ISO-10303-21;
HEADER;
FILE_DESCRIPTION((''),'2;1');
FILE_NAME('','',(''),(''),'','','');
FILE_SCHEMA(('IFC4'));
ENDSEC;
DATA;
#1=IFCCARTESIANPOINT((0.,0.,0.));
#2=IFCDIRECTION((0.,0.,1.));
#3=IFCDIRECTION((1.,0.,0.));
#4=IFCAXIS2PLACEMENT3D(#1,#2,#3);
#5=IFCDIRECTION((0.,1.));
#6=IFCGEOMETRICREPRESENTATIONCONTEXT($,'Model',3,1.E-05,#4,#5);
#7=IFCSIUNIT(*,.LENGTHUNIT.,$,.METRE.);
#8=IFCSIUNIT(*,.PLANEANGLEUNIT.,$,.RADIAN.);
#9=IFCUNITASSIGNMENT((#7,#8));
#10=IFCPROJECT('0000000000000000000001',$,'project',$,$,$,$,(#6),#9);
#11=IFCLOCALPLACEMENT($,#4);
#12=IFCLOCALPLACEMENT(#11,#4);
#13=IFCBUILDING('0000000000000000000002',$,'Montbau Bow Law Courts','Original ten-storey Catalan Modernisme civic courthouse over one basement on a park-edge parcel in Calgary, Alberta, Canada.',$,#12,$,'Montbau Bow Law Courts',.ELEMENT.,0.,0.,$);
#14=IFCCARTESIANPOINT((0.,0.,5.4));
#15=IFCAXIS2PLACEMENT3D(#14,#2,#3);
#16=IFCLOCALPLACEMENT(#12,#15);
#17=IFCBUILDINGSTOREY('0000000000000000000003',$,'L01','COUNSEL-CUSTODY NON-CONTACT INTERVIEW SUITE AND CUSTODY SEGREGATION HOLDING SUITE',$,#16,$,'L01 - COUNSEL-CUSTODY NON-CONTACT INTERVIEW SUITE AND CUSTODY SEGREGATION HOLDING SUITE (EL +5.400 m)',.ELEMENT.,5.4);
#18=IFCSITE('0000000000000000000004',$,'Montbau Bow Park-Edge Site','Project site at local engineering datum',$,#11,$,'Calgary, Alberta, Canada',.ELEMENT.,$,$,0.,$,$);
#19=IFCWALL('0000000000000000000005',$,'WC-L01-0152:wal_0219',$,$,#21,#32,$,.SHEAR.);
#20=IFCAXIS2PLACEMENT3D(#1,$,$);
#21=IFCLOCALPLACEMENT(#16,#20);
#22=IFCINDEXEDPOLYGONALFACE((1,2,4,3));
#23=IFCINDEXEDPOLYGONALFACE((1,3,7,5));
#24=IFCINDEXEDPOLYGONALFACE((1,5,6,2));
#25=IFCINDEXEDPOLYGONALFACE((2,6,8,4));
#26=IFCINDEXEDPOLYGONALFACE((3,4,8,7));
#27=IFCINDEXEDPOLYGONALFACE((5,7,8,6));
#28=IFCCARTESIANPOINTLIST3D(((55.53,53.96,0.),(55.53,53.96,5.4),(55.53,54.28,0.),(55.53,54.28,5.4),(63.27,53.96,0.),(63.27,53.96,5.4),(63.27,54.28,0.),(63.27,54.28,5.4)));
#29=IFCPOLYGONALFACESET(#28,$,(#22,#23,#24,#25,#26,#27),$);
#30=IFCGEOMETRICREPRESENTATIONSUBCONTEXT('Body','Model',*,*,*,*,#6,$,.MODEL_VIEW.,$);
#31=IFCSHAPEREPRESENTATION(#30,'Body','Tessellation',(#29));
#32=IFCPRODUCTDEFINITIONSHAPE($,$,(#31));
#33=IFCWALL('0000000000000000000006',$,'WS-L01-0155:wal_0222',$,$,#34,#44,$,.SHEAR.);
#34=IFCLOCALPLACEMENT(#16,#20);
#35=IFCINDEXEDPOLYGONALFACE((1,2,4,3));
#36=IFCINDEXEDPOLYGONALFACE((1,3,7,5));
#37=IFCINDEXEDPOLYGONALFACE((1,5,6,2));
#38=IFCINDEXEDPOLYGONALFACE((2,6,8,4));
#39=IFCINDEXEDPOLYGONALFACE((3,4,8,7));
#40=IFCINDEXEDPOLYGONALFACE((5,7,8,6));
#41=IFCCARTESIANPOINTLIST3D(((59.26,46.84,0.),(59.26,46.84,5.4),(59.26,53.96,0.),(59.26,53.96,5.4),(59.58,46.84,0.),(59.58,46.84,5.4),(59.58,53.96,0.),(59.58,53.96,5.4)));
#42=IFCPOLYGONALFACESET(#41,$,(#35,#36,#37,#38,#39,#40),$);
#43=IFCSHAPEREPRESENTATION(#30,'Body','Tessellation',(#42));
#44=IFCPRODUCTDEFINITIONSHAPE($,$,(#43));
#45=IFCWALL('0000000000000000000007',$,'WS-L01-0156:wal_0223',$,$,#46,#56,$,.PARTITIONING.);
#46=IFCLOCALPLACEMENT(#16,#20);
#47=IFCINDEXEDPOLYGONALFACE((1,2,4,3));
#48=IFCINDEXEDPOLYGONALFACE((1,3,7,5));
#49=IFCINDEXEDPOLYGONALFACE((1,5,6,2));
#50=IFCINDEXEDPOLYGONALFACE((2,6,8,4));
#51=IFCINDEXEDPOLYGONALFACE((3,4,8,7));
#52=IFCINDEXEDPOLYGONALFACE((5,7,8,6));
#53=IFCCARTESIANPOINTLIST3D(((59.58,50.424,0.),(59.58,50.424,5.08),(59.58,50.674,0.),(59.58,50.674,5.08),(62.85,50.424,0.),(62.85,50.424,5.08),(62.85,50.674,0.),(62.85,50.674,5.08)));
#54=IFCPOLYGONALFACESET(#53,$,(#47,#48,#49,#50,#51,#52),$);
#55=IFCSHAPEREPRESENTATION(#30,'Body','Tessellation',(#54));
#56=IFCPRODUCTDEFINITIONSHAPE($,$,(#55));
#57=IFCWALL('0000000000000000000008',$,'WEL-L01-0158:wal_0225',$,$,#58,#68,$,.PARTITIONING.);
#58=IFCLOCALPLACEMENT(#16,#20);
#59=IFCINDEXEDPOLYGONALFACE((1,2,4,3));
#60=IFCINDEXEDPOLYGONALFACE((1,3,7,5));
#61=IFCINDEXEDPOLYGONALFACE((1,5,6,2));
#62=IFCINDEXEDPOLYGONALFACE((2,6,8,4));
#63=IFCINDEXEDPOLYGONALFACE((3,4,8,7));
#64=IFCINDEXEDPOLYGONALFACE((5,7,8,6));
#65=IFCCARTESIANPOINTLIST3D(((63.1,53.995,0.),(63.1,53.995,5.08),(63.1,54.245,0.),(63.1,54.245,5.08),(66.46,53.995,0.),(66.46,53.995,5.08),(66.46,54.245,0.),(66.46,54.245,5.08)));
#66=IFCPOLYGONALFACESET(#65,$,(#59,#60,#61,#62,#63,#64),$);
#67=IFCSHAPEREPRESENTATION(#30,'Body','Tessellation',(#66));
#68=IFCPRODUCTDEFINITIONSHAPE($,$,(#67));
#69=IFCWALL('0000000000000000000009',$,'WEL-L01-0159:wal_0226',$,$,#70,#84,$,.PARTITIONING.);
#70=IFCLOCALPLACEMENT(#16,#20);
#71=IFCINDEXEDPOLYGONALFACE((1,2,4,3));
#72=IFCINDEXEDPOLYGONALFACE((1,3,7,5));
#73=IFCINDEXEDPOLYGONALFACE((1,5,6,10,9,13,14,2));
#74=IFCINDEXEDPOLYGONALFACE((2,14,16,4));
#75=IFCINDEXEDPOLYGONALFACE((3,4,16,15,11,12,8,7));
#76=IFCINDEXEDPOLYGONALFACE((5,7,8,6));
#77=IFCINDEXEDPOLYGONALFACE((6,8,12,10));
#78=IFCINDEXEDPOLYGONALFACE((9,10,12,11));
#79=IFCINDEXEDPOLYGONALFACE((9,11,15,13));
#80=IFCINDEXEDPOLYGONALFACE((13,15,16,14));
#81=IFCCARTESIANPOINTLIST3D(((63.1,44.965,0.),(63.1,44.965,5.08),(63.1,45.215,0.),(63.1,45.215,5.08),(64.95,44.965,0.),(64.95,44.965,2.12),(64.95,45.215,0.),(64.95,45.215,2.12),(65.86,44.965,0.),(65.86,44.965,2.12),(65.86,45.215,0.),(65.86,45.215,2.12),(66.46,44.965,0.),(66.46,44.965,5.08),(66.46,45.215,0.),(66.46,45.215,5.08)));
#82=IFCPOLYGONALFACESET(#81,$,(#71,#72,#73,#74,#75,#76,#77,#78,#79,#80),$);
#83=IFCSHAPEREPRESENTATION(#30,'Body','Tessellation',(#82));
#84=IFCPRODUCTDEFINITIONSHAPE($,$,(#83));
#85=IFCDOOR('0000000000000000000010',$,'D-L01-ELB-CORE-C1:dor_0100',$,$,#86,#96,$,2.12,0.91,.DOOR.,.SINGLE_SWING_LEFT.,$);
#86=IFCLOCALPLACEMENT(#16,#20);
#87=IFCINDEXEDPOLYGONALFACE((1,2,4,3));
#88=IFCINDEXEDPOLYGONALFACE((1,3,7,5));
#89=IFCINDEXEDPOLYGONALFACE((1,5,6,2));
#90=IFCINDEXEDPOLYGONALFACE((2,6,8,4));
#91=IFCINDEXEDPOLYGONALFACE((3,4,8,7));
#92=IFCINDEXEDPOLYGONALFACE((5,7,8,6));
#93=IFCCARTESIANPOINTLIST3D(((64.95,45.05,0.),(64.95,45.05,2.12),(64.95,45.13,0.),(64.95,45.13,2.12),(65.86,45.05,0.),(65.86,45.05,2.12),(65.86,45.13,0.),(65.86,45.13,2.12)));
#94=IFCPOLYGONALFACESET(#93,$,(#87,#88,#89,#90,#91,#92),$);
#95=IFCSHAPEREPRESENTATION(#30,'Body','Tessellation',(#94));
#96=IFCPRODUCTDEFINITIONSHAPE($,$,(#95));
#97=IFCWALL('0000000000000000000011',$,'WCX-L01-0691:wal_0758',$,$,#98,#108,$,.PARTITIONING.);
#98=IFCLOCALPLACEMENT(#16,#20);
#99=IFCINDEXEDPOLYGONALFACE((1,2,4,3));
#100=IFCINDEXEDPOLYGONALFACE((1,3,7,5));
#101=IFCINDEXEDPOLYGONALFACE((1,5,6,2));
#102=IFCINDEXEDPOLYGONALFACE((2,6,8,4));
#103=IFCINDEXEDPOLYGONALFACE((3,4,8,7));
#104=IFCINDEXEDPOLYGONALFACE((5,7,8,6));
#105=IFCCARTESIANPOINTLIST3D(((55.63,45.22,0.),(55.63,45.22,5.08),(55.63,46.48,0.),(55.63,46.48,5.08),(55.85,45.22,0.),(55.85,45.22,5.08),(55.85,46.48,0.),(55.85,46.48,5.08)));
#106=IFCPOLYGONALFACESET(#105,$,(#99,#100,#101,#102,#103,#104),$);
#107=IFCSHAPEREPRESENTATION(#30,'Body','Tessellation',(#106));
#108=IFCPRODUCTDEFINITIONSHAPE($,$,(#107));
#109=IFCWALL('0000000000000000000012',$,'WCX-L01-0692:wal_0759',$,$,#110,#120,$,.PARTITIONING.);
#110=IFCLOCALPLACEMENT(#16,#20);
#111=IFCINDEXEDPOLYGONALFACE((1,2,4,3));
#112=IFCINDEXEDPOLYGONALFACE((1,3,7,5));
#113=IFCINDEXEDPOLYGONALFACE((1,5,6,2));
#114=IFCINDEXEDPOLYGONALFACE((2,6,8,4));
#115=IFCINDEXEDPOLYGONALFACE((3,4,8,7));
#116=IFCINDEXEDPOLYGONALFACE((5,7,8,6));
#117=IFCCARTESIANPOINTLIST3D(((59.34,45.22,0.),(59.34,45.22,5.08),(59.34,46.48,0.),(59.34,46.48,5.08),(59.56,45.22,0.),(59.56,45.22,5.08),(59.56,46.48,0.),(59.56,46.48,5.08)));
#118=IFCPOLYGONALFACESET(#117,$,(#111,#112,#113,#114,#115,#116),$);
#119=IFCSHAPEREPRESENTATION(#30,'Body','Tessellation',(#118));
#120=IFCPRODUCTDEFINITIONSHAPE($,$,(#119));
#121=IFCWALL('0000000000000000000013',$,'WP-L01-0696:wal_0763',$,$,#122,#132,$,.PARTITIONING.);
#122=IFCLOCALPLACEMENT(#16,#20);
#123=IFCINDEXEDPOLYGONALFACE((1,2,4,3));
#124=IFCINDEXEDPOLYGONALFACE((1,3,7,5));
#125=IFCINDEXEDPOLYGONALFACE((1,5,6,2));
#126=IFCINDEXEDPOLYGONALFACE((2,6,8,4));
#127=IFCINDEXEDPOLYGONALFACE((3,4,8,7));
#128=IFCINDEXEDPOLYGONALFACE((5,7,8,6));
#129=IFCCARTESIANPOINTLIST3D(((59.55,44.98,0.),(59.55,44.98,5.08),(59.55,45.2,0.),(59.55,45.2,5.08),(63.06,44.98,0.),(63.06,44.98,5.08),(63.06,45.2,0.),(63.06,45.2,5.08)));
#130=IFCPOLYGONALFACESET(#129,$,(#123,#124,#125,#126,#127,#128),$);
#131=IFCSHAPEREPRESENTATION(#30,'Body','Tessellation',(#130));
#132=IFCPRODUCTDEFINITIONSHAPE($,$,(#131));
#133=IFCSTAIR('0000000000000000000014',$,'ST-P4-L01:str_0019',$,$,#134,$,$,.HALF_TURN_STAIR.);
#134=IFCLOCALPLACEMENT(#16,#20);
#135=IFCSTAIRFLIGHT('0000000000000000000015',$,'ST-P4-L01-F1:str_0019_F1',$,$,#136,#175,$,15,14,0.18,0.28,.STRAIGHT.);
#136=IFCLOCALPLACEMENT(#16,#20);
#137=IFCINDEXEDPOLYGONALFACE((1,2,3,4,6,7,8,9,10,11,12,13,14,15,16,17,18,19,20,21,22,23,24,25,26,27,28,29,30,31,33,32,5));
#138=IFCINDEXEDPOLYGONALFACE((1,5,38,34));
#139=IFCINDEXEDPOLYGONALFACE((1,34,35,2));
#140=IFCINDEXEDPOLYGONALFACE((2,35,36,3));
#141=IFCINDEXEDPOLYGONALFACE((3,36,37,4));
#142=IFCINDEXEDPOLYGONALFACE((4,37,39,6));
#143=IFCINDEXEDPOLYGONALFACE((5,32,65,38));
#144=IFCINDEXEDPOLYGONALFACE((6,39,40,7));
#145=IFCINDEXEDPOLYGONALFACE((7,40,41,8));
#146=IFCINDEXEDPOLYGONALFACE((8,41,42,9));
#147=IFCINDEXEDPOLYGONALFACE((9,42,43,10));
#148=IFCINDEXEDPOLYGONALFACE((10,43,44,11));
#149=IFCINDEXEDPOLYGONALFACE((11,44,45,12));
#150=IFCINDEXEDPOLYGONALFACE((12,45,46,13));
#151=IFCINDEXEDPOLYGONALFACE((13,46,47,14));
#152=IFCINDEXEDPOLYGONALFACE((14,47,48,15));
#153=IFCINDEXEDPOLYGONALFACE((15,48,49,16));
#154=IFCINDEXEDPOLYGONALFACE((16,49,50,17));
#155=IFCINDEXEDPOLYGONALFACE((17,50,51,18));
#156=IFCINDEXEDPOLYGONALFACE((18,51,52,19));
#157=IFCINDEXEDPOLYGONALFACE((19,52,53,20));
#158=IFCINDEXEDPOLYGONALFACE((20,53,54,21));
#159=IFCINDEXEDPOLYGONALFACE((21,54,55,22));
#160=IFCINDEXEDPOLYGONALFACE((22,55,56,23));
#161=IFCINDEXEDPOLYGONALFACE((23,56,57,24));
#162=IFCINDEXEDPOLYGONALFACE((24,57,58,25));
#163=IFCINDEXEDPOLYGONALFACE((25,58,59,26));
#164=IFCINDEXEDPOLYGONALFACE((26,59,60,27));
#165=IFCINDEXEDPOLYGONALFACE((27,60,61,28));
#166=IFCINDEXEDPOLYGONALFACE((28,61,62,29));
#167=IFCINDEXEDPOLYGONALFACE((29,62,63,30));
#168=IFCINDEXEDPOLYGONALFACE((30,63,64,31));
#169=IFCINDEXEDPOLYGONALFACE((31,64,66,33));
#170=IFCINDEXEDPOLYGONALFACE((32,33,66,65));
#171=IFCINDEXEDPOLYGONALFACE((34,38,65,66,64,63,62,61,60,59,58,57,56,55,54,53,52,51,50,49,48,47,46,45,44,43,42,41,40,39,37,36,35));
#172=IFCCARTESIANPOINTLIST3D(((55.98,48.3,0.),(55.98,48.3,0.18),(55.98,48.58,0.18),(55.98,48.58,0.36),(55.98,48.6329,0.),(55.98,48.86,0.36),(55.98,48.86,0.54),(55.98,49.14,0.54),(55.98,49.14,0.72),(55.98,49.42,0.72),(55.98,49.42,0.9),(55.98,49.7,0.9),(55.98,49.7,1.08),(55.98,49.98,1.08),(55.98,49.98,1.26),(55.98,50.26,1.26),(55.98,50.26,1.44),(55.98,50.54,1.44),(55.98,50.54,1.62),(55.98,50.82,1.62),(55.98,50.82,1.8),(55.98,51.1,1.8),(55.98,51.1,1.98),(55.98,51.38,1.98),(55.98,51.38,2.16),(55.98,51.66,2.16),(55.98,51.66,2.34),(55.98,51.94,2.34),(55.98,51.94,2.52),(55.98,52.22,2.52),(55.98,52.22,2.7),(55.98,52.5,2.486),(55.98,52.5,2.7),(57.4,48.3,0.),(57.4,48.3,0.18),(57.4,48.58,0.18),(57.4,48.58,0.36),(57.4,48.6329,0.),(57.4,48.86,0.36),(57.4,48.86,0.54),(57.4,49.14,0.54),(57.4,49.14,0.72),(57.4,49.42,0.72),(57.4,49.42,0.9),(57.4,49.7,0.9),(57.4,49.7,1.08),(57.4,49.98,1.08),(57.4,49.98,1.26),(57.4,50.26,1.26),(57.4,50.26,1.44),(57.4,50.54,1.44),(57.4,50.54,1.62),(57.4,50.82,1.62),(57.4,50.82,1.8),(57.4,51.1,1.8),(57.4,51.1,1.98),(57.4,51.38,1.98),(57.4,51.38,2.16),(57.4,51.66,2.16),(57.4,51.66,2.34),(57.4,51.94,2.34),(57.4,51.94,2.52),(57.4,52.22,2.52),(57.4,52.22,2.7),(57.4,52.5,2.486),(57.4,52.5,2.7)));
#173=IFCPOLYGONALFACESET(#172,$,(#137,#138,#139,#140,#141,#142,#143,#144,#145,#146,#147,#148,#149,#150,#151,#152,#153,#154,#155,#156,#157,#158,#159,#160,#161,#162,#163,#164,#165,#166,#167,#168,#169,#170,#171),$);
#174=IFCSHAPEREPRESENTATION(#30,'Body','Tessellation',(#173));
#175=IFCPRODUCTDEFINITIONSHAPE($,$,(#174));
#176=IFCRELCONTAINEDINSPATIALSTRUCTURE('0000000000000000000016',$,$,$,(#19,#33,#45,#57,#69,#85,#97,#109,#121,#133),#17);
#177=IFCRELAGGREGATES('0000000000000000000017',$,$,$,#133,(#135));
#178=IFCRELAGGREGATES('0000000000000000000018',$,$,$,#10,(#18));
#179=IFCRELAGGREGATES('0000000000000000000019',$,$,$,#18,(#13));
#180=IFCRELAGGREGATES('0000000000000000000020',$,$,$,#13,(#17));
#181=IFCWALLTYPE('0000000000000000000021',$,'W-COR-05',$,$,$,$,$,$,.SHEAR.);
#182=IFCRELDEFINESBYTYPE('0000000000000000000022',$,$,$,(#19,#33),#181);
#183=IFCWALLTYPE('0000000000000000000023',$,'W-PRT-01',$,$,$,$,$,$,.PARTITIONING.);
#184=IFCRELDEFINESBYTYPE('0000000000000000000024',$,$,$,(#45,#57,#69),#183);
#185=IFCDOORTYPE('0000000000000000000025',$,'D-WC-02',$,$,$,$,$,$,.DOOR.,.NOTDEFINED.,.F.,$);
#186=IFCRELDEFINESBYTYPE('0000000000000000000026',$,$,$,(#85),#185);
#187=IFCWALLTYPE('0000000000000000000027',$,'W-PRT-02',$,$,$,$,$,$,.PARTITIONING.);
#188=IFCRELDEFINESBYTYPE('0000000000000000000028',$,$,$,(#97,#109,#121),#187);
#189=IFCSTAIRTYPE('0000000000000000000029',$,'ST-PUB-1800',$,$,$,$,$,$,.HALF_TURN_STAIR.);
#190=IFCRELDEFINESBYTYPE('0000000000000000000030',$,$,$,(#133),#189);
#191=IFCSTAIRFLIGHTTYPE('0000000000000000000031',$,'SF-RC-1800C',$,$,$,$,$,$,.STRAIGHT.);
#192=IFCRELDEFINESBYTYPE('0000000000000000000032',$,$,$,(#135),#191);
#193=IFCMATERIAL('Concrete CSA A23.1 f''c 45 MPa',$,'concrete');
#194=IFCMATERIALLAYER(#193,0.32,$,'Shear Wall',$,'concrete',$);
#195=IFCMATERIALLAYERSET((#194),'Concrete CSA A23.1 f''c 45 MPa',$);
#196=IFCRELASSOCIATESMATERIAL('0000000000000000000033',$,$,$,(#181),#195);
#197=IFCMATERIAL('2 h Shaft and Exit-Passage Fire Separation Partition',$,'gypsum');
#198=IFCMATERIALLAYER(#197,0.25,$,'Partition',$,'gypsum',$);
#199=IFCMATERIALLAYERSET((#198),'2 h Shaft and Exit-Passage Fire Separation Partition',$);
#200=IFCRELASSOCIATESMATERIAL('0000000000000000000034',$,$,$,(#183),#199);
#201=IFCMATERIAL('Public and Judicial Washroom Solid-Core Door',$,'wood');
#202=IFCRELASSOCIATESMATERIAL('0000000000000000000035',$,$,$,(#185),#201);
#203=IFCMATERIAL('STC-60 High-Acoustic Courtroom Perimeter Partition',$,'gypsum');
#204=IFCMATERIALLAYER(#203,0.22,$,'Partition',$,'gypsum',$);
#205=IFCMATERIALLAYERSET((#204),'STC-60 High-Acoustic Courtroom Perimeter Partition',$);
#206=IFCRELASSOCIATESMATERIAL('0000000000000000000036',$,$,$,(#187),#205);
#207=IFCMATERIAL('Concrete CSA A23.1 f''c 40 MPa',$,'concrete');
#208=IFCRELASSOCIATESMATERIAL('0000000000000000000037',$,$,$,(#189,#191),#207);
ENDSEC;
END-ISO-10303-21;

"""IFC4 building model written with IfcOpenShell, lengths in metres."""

from ifc_helpers import new_model, si_unit, direction, frame, frame_2d, origin_with_axes, place, context, subcontext, project, spatial, polyline, rectangle, outline, extrude, material, layer, layer_set, type_object, element, fill, aggregate, save


model = new_model("IFC4")

# Units and contexts
model_context = context("Model", 3, precision=1e-05, world=origin_with_axes(), true_north=direction((0.0, 1.0)))
body_context = subcontext(model_context, "Body", "Model", "MODEL_VIEW")
ifc_project = project(units=[si_unit("LENGTHUNIT", "METRE"), si_unit("PLANEANGLEUNIT", "RADIAN")], contexts=[model_context])

# Site, building, storey
site_placement = place(None, origin_with_axes())
site = spatial("IfcSite", under=ifc_project, at=site_placement, Name="Montbau Bow Park-Edge Site", Description="Project site at local engineering datum", LongName="Calgary, Alberta, Canada", CompositionType="ELEMENT", RefElevation=0.0)
building_placement = place(site_placement, origin_with_axes())
building = spatial("IfcBuilding", under=site, at=building_placement, Name="Montbau Bow Law Courts", Description="Original ten-storey Catalan Modernisme civic courthouse over one basement on a park-edge parcel in Calgary, Alberta, Canada.", LongName="Montbau Bow Law Courts", CompositionType="ELEMENT", ElevationOfRefHeight=0.0, ElevationOfTerrain=0.0)
storey_placement = place(building_placement, frame((0.0, 0.0, 5.4), z_axis=(0.0, 0.0, 1.0), x_axis=(1.0, 0.0, 0.0)))
storey = spatial("IfcBuildingStorey", under=building, at=storey_placement, Name="L01", Description="COUNSEL-CUSTODY NON-CONTACT INTERVIEW SUITE AND CUSTODY SEGREGATION HOLDING SUITE", LongName="L01 - COUNSEL-CUSTODY NON-CONTACT INTERVIEW SUITE AND CUSTODY SEGREGATION HOLDING SUITE (EL +5.400 m)", CompositionType="ELEMENT", Elevation=5.4)

# Shared definitions
ifc_material_1 = material(Name="Concrete CSA A23.1 f'c 45 MPa", Category="concrete")

# Shared definitions
ifc_layer_1 = layer(ifc_material_1, 0.32, Name="Shear Wall", Category="concrete")
ifc_layer_set_1 = layer_set([ifc_layer_1], Name="Concrete CSA A23.1 f'c 45 MPa")
wall_type_1 = type_object("IfcWallType", Name="W-COR-05", PredefinedType="SHEAR", material=ifc_layer_set_1)

# Walls
wall_1_placement = place(None, frame((63.27, 54.12, 5.4), z_axis=(0.0, 0.0, 1.0), x_axis=(-1.0, 0.0, 0.0)))
element("IfcWall", 1, at=wall_1_placement, inside=storey, type_object=wall_type_1, Name="WC-L01-0152:wal_0219", PredefinedType="SHEAR", context=body_context, shape_type="SweptSolid", body=[
    extrude(rectangle(XDim=7.74, YDim=0.32, at=frame_2d((3.87, 0.0), x_axis=(1.0, 0.0))), origin_with_axes(), (0.0, 0.0, 1.0), 5.4),
])
wall_2_placement = place(None, frame((59.42, 46.84, 5.4), z_axis=(0.0, 0.0, 1.0), x_axis=(0.0, 1.0, 0.0)))
element("IfcWall", 2, at=wall_2_placement, inside=storey, type_object=wall_type_1, Name="WS-L01-0155:wal_0222", PredefinedType="SHEAR", context=body_context, shape_type="SweptSolid", body=[
    extrude(rectangle(XDim=7.12, YDim=0.32, at=frame_2d((3.56, 0.0), x_axis=(1.0, 0.0))), origin_with_axes(), (0.0, 0.0, 1.0), 5.4),
])
ifc_material_2 = material(Name="2 h Shaft and Exit-Passage Fire Separation Partition", Category="gypsum")
ifc_layer_2 = layer(ifc_material_2, 0.25, Name="Partition", Category="gypsum")
ifc_layer_set_2 = layer_set([ifc_layer_2], Name="2 h Shaft and Exit-Passage Fire Separation Partition")
wall_type_2 = type_object("IfcWallType", Name="W-PRT-01", PredefinedType="PARTITIONING", material=ifc_layer_set_2)
wall_3_placement = place(None, frame((59.58, 50.549, 5.4), z_axis=(0.0, 0.0, 1.0), x_axis=(1.0, 0.0, 0.0)))
element("IfcWall", 3, at=wall_3_placement, inside=storey, type_object=wall_type_2, Name="WS-L01-0156:wal_0223", PredefinedType="PARTITIONING", context=body_context, shape_type="SweptSolid", body=[
    extrude(rectangle(XDim=3.27, YDim=0.25, at=frame_2d((1.635, 0.0), x_axis=(1.0, 0.0))), origin_with_axes(), (0.0, 0.0, 1.0), 5.08),
])
wall_4_placement = place(None, frame((63.1, 54.12, 5.4), z_axis=(0.0, 0.0, 1.0), x_axis=(1.0, 0.0, 0.0)))
element("IfcWall", 4, at=wall_4_placement, inside=storey, type_object=wall_type_2, Name="WEL-L01-0158:wal_0225", PredefinedType="PARTITIONING", context=body_context, shape_type="SweptSolid", body=[
    extrude(rectangle(XDim=3.36, YDim=0.25, at=frame_2d((1.68, 0.0), x_axis=(1.0, 0.0))), origin_with_axes(), (0.0, 0.0, 1.0), 5.08),
])

# Wall, opening, door
wall_5_placement = place(None, frame((63.1, 45.09, 5.4), z_axis=(0.0, 0.0, 1.0), x_axis=(1.0, 0.0, 0.0)))
wall_5 = element("IfcWall", 5, at=wall_5_placement, inside=storey, type_object=wall_type_2, Name="WEL-L01-0159:wal_0226", PredefinedType="PARTITIONING", context=body_context, shape_type="SweptSolid", body=[
    extrude(rectangle(XDim=3.36, YDim=0.25, at=frame_2d((1.68, 0.0), x_axis=(1.0, 0.0))), origin_with_axes(), (0.0, 0.0, 1.0), 5.08),
])
opening_1_placement = place(None, frame((65.405, 45.09, 5.4), z_axis=(0.0, 0.0, 1.0), x_axis=(1.0, 0.0, 0.0)))
opening_1 = element("IfcOpeningElement", 6, at=opening_1_placement, cuts=wall_5, PredefinedType="OPENING", context=body_context, shape_type="SweptSolid", body=[
    extrude(rectangle(XDim=0.91, YDim=2.12, at=frame_2d((0.0, 1.06), x_axis=(1.0, 0.0))), frame((0.0, 0.135, 0.0), z_axis=(0.0, -1.0, 0.0), x_axis=(1.0, 0.0, 0.0)), (0.0, 0.0, 1.0), 0.27),
])
ifc_material_3 = material(Name="Public and Judicial Washroom Solid-Core Door", Category="wood")
door_type_1 = type_object("IfcDoorType", Name="D-WC-02", OperationType="NOTDEFINED", ParameterTakesPrecedence=False, PredefinedType="DOOR", material=ifc_material_3)
door_1_placement = place(None, frame((65.405, 45.09, 5.4), z_axis=(0.0, 0.0, 1.0), x_axis=(1.0, 0.0, 0.0)))
door_1 = element("IfcDoor", 7, at=door_1_placement, inside=storey, type_object=door_type_1, Name="D-L01-ELB-CORE-C1:dor_0100", OperationType="SINGLE_SWING_LEFT", OverallHeight=2.12, OverallWidth=0.91, PredefinedType="DOOR", context=body_context, shape_type="SweptSolid", body=[
    extrude(rectangle(XDim=0.91, YDim=2.12, at=frame_2d((0.0, 1.06), x_axis=(1.0, 0.0))), frame((0.0, 0.04, 0.0), z_axis=(0.0, -1.0, 0.0), x_axis=(1.0, 0.0, 0.0)), (0.0, 0.0, 1.0), 0.08),
])
fill(opening_1, door_1)

# Walls
ifc_material_4 = material(Name="STC-60 High-Acoustic Courtroom Perimeter Partition", Category="gypsum")
ifc_layer_3 = layer(ifc_material_4, 0.22, Name="Partition", Category="gypsum")
ifc_layer_set_3 = layer_set([ifc_layer_3], Name="STC-60 High-Acoustic Courtroom Perimeter Partition")
wall_type_3 = type_object("IfcWallType", Name="W-PRT-02", PredefinedType="PARTITIONING", material=ifc_layer_set_3)
for number, where, z_axis, x_axis, name in (
    (8, (55.74, 45.22, 5.4), (0.0, 0.0, 1.0), (0.0, 1.0, 0.0), "WCX-L01-0691:wal_0758"),
    (9, (59.45, 45.22, 5.4), (0.0, 0.0, 1.0), (0.0, 1.0, 0.0), "WCX-L01-0692:wal_0759"),
):
    element("IfcWall", number, at=place(None, frame(where, z_axis=z_axis, x_axis=x_axis)), inside=storey, type_object=wall_type_3, Name=name, PredefinedType="PARTITIONING", context=body_context, shape_type="SweptSolid", body=[
        extrude(rectangle(XDim=1.26, YDim=0.22, at=frame_2d((0.63, 0.0), x_axis=(1.0, 0.0))), origin_with_axes(), (0.0, 0.0, 1.0), 5.08),
    ])
wall_6_placement = place(None, frame((59.55, 45.09, 5.4), z_axis=(0.0, 0.0, 1.0), x_axis=(1.0, 0.0, 0.0)))
element("IfcWall", 10, at=wall_6_placement, inside=storey, type_object=wall_type_3, Name="WP-L01-0696:wal_0763", PredefinedType="PARTITIONING", context=body_context, shape_type="SweptSolid", body=[
    extrude(rectangle(XDim=3.51, YDim=0.22, at=frame_2d((1.755, 0.0), x_axis=(1.0, 0.0))), origin_with_axes(), (0.0, 0.0, 1.0), 5.08),
])

# Stair, stair flight
ifc_material_5 = material(Name="Concrete CSA A23.1 f'c 40 MPa", Category="concrete")
stair_type = type_object("IfcStairType", Name="ST-PUB-1800", PredefinedType="HALF_TURN_STAIR", material=ifc_material_5)
stair_placement = place(None, frame((56.69, 48.3, 5.4), z_axis=(0.0, 0.0, 1.0), x_axis=(1.0, 0.0, 0.0)))
stair = element("IfcStair", 11, at=stair_placement, inside=storey, type_object=stair_type, Name="ST-P4-L01:str_0019", PredefinedType="HALF_TURN_STAIR")
stair_flight_type = type_object("IfcStairFlightType", Name="SF-RC-1800C", PredefinedType="STRAIGHT", material=ifc_material_5)
stair_flight_1_placement = place(None, frame((56.69, 48.3, 5.4), z_axis=(0.0, 0.0, 1.0), x_axis=(0.0, 1.0, 0.0)))
stair_flight_1 = element("IfcStairFlight", 12, at=stair_flight_1_placement, type_object=stair_flight_type, Name="ST-P4-L01-F1:str_0019_F1", NumberOfRisers=15, NumberOfTreads=14, PredefinedType="STRAIGHT", RiserHeight=0.18, TreadLength=0.28, context=body_context, shape_type="SweptSolid", body=[
    extrude(outline(polyline([(0.0, 0.0), (0.0, 0.18), (0.28, 0.18), (0.28, 0.36), (0.56, 0.36), (0.56, 0.54), (0.84, 0.54), (0.84, 0.72), (1.12, 0.72), (1.12, 0.9), (1.4, 0.9), (1.4, 1.08), (1.68, 1.08), (1.68, 1.26), (1.96, 1.26), (1.96, 1.44), (2.24, 1.44), (2.24, 1.62), (2.52, 1.62), (2.52, 1.8), (2.8, 1.8), (2.8, 1.98), (3.08, 1.98), (3.08, 2.16), (3.36, 2.16), (3.36, 2.34), (3.64, 2.34), (3.64, 2.52), (3.92, 2.52), (3.92, 2.7), (4.2, 2.7), (4.2, 2.486), (0.3329, 0.0), (0.0, 0.0)])), frame((0.0, 0.71, 0.0), z_axis=(0.0, -1.0, 0.0), x_axis=(1.0, 0.0, 0.0)), (0.0, 0.0, 1.0), 1.42),
])
aggregate(stair, [stair_flight_1])

save(model, "model.ifc")
